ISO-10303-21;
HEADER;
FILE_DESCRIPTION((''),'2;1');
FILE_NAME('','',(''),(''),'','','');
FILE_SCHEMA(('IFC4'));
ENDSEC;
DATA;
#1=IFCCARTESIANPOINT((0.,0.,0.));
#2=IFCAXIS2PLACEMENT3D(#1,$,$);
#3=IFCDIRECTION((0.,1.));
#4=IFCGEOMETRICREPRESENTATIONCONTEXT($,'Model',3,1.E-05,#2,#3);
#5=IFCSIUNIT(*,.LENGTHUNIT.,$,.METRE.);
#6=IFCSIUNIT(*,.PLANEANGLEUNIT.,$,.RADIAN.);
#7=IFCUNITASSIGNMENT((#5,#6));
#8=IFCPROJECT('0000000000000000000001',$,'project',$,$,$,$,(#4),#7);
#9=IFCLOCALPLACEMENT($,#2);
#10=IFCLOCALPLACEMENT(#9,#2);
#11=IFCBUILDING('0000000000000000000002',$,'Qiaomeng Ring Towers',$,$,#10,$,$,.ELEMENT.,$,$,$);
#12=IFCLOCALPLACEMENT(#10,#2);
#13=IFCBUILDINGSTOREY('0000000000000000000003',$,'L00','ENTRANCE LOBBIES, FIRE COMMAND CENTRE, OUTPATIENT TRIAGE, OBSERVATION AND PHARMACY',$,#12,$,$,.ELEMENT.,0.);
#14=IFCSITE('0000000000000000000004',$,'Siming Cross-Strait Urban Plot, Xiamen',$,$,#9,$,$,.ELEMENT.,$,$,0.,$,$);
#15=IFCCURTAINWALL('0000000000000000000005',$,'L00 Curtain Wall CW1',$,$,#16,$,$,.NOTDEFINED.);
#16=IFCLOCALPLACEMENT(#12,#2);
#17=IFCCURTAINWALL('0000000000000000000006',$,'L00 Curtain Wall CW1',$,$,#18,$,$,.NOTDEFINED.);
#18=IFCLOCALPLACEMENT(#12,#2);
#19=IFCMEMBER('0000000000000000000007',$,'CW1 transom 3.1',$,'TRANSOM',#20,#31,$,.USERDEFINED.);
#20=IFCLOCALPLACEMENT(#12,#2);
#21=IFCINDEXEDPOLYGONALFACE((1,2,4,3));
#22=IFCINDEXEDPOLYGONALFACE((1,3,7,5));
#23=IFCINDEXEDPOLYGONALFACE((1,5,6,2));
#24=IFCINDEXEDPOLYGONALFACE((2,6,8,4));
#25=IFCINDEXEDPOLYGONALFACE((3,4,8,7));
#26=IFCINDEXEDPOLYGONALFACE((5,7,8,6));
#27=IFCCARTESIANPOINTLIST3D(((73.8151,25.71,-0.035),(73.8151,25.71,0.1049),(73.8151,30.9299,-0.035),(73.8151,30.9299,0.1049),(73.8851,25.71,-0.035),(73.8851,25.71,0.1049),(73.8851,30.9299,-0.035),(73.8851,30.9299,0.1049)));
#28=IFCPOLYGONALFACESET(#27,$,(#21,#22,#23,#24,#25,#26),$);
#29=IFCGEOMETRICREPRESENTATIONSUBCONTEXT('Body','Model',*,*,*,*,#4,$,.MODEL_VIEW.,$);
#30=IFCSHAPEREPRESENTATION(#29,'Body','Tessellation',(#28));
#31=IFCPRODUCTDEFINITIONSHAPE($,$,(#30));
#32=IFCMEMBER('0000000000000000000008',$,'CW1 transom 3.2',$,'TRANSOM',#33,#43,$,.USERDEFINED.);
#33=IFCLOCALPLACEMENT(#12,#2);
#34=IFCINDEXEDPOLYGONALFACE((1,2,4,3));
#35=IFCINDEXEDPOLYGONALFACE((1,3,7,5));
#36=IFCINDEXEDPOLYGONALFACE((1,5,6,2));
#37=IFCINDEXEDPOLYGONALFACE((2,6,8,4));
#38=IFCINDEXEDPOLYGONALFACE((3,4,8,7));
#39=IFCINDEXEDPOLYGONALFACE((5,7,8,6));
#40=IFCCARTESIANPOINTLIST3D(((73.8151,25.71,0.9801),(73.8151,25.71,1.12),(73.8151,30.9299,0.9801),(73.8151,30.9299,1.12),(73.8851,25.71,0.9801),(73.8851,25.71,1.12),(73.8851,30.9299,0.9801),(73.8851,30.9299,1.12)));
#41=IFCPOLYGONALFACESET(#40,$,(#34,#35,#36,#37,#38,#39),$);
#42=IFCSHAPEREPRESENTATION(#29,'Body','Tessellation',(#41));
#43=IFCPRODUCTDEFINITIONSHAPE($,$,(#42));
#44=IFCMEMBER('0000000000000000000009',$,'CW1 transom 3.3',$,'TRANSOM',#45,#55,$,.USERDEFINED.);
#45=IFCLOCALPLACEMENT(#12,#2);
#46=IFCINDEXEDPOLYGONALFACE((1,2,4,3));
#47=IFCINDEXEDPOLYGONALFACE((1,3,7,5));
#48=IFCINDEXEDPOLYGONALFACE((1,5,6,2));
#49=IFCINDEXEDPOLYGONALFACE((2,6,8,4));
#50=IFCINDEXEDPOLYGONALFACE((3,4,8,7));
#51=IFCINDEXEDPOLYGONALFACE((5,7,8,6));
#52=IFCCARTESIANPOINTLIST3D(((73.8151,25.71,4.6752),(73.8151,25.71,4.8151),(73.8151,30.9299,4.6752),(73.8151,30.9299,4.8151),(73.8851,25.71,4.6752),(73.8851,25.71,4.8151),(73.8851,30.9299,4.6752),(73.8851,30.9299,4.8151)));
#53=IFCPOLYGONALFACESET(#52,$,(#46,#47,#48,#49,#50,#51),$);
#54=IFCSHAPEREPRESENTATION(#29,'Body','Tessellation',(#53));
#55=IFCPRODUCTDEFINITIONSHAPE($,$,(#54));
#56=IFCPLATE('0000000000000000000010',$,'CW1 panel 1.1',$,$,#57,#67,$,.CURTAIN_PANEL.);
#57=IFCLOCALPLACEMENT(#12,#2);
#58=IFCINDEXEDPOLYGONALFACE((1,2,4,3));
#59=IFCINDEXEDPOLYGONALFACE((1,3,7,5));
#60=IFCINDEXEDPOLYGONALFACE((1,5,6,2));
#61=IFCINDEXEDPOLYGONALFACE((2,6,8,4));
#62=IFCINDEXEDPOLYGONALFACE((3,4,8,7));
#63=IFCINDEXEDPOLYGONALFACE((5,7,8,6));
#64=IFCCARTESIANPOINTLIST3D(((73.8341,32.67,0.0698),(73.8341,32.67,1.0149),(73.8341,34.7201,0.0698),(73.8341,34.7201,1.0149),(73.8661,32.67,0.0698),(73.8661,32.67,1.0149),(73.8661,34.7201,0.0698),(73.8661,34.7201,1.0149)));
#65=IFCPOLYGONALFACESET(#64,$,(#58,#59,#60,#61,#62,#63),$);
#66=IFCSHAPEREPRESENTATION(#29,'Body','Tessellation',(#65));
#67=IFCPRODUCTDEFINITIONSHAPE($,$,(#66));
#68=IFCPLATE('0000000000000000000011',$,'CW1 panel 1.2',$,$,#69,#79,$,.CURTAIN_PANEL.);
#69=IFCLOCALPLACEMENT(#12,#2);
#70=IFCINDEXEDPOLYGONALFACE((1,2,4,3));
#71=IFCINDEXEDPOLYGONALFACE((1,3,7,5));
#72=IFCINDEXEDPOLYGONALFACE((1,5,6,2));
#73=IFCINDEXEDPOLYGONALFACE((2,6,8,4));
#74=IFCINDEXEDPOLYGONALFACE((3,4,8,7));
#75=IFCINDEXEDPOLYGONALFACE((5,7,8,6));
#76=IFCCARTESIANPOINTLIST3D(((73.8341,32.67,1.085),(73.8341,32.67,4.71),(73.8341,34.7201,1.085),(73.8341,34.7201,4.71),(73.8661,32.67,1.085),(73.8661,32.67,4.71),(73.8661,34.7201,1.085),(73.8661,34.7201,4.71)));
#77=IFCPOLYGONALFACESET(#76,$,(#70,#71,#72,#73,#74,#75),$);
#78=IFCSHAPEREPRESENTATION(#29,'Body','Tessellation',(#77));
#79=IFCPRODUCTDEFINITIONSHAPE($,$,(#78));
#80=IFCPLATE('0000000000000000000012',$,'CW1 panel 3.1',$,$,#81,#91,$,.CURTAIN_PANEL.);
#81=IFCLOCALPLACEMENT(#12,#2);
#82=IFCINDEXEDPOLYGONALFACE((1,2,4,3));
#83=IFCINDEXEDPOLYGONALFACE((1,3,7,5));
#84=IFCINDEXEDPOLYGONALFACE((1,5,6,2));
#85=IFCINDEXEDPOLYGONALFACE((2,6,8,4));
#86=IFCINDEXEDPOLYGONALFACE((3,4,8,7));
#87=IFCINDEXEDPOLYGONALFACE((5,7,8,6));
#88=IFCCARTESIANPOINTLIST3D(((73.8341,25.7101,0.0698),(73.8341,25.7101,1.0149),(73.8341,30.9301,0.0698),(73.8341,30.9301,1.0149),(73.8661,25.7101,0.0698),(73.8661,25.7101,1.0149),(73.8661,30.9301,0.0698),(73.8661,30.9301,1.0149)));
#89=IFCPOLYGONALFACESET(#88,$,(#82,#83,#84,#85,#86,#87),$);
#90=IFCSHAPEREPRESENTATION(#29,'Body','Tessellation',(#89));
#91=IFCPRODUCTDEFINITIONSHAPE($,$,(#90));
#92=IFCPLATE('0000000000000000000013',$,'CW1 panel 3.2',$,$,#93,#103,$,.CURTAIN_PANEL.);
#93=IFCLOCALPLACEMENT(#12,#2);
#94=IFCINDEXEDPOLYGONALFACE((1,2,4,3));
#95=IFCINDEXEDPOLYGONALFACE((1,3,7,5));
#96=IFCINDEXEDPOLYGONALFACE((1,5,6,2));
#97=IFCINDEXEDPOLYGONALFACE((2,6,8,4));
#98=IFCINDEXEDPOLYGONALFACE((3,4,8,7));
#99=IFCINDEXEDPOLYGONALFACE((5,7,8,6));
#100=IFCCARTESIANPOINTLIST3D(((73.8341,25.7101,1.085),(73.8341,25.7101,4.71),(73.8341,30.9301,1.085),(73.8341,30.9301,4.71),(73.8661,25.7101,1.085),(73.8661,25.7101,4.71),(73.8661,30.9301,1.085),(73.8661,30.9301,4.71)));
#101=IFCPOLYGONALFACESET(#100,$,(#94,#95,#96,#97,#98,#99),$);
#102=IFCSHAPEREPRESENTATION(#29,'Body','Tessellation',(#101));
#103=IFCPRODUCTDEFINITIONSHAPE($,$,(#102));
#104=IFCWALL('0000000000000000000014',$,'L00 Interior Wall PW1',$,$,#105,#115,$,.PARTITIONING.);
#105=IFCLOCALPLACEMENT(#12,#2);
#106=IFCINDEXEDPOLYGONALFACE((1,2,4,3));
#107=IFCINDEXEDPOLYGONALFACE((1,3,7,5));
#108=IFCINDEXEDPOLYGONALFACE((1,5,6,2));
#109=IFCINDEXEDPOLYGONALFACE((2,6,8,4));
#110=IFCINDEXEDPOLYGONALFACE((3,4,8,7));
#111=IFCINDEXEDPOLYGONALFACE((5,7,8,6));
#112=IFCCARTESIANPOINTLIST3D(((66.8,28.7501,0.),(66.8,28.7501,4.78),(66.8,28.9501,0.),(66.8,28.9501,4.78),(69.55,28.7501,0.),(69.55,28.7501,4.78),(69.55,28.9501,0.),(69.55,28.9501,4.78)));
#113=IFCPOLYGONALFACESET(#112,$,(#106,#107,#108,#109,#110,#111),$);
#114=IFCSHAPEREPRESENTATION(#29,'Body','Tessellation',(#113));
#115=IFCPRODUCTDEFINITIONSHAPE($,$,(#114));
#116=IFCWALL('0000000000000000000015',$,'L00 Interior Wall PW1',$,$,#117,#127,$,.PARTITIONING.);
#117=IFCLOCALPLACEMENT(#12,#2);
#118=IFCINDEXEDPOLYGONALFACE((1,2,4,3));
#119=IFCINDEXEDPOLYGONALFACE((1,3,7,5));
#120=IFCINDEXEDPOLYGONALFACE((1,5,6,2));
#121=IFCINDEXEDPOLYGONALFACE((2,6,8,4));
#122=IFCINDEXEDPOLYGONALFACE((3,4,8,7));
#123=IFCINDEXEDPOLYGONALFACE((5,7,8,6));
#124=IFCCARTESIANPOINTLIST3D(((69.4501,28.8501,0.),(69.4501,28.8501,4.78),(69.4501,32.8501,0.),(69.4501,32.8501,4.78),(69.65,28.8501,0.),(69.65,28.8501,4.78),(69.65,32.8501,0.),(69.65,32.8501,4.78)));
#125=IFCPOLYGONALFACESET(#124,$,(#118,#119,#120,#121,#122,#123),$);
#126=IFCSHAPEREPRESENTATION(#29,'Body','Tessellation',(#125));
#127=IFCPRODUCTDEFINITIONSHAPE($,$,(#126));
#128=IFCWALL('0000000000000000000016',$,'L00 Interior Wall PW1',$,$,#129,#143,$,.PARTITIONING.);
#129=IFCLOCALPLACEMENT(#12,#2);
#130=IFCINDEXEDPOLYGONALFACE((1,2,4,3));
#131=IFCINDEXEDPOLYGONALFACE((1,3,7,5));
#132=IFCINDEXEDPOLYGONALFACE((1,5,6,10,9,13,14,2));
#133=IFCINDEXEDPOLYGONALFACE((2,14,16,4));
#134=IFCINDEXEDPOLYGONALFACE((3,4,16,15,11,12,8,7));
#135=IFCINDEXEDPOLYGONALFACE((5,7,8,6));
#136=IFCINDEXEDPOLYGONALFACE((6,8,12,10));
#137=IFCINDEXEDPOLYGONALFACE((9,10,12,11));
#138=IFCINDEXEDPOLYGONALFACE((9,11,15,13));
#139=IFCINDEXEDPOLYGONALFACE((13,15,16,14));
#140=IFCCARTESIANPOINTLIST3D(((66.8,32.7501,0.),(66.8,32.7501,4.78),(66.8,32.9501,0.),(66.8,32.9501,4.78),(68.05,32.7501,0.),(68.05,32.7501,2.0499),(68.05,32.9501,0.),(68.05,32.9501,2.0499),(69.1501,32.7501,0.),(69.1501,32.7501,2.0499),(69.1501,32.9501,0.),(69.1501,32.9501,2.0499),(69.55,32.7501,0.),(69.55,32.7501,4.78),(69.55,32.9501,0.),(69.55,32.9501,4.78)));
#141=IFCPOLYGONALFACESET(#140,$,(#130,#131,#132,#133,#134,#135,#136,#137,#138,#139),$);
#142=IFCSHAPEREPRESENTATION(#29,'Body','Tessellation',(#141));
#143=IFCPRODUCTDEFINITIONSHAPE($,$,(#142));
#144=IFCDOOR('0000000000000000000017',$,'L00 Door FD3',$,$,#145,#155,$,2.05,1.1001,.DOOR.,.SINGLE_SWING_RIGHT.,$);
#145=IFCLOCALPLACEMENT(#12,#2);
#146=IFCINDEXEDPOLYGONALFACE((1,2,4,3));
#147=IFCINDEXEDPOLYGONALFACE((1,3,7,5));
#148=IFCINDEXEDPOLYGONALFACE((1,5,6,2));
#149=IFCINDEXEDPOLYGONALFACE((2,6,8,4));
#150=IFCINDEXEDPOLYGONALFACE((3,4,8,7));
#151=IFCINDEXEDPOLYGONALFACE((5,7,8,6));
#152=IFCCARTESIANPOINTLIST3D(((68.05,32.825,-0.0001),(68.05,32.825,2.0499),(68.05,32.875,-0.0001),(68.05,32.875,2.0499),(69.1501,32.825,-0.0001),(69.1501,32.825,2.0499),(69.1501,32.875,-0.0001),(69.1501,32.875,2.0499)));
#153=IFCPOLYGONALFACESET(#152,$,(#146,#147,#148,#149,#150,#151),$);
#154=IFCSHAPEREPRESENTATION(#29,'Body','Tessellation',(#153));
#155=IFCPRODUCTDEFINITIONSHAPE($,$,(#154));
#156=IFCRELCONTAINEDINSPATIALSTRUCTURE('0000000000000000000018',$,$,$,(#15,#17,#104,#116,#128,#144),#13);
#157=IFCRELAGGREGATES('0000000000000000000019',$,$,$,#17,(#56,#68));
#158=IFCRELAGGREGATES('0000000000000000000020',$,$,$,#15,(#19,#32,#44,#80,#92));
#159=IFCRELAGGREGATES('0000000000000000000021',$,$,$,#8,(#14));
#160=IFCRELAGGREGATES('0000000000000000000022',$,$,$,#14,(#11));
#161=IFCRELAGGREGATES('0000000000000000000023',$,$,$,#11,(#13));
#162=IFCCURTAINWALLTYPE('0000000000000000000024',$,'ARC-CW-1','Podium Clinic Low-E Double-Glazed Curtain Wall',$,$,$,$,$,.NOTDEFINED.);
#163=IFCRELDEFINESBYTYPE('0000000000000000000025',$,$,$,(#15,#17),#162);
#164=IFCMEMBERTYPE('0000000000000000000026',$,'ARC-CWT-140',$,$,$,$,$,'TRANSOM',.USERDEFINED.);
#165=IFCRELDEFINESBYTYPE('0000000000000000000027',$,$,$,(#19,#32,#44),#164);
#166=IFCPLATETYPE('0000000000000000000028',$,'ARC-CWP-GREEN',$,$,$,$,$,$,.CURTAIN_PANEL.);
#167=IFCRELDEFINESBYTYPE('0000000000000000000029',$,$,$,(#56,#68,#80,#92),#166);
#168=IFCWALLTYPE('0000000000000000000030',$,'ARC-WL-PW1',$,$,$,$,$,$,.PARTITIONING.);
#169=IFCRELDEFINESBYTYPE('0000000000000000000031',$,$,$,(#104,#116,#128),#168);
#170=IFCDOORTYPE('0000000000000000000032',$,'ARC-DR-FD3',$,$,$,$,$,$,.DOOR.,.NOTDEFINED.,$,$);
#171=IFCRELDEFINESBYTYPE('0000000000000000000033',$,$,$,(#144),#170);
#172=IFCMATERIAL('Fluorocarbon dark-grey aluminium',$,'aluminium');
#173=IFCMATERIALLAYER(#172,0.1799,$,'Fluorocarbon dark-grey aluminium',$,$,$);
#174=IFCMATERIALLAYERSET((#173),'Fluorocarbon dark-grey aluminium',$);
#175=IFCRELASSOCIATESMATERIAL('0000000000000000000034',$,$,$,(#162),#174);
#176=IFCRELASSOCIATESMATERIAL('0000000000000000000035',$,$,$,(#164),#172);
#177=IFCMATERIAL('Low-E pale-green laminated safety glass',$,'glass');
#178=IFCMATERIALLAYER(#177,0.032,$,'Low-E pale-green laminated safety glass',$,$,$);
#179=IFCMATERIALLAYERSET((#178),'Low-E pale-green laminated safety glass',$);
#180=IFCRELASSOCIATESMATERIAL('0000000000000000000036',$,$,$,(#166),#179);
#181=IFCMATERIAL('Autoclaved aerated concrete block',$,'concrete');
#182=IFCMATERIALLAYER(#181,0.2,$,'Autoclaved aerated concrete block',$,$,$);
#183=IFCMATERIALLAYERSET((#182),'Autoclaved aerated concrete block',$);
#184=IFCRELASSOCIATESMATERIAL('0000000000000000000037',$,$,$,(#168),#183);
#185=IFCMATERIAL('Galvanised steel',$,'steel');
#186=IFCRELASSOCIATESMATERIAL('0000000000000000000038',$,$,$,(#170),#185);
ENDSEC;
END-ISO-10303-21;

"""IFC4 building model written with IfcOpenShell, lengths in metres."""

from ifc_helpers import new_model, si_unit, direction, frame, frame_2d, origin, origin_2d, place, context, subcontext, project, spatial, rectangle, extrude, source, transform, mapped, material, layer, layer_set, material_profile, profile_set, type_object, element, fill, aggregate, save


model = new_model("IFC4")

# Units and contexts
model_context = context("Model", 3, precision=1e-05, world=origin(), true_north=direction((0.0, 1.0)))
body_context = subcontext(model_context, "Body", "Model", "MODEL_VIEW")
ifc_project = project(units=[si_unit("LENGTHUNIT", "METRE"), si_unit("PLANEANGLEUNIT", "RADIAN")], contexts=[model_context])

# Site, building, storey
site_placement = place(None, origin())
site = spatial("IfcSite", under=ifc_project, at=site_placement, Name="Siming Cross-Strait Urban Plot, Xiamen", CompositionType="ELEMENT", RefElevation=0.0)
building_placement = place(site_placement, origin())
building = spatial("IfcBuilding", under=site, at=building_placement, Name="Qiaomeng Ring Towers", CompositionType="ELEMENT")
storey_placement = place(building_placement, origin())
storey = spatial("IfcBuildingStorey", under=building, at=storey_placement, Name="L00", Description="ENTRANCE LOBBIES, FIRE COMMAND CENTRE, OUTPATIENT TRIAGE, OBSERVATION AND PHARMACY", CompositionType="ELEMENT", Elevation=0.0)

# Curtain walls
ifc_material_1 = material(Name="Fluorocarbon dark-grey aluminium", Category="aluminium")
ifc_layer_1 = layer(ifc_material_1, 0.1799, Name="Fluorocarbon dark-grey aluminium")
ifc_layer_set_1 = layer_set([ifc_layer_1], Name="Fluorocarbon dark-grey aluminium")
curtain_wall_type = type_object("IfcCurtainWallType", Name="ARC-CW-1", Description="Podium Clinic Low-E Double-Glazed Curtain Wall", PredefinedType="NOTDEFINED", material=ifc_layer_set_1)
curtain_wall_1_placement = place(storey_placement, origin())
curtain_wall_1 = element("IfcCurtainWall", 1, at=curtain_wall_1_placement, inside=storey, type_object=curtain_wall_type, Name="L00 Curtain Wall CW1", PredefinedType="NOTDEFINED")
curtain_wall_2_placement = place(storey_placement, origin())
curtain_wall_2 = element("IfcCurtainWall", 2, at=curtain_wall_2_placement, inside=storey, type_object=curtain_wall_type, Name="L00 Curtain Wall CW1", PredefinedType="NOTDEFINED")
ifc_material_profile_1 = material_profile(ifc_material_1, rectangle(XDim=0.0701, YDim=0.1399, at=origin_2d()), Name="ALU TRAN 70x140")
ifc_profile_set_1 = profile_set([ifc_material_profile_1], Name="Fluorocarbon dark-grey aluminium")
member_type_1 = type_object("IfcMemberType", Name="ARC-CWT-140", ElementType="TRANSOM", PredefinedType="USERDEFINED", material=ifc_profile_set_1)

# Members
shared_shape_1 = source(origin(), body_context, "Body", "SweptSolid", [
    extrude(rectangle(XDim=0.0701, YDim=0.1399, at=origin_2d()), origin(), (0.0, 0.0, 1.0), 5.22),
])
member_1_placement = place(storey_placement, frame((73.8501, 25.71, 0.0349), z_axis=(0.0, 1.0, 0.0), x_axis=(-1.0, 0.0, 0.0)))
member_1 = element("IfcMember", 3, at=member_1_placement, type_object=member_type_1, Name="CW1 transom 3.1", ObjectType="TRANSOM", PredefinedType="USERDEFINED", context=body_context, shape_type="MappedRepresentation", body=[
    mapped(shared_shape_1, transform((0.0, 0.0, 0.0), x_axis=(1.0, 0.0, 0.0), y_axis=(0.0, 1.0, 0.0), z_axis=(0.0, 0.0, 1.0), scale=1.0)),
])
member_2_placement = place(storey_placement, frame((73.8501, 25.71, 1.05), z_axis=(0.0, 1.0, 0.0), x_axis=(-1.0, 0.0, 0.0)))
member_2 = element("IfcMember", 4, at=member_2_placement, type_object=member_type_1, Name="CW1 transom 3.2", ObjectType="TRANSOM", PredefinedType="USERDEFINED", context=body_context, shape_type="MappedRepresentation", body=[
    mapped(shared_shape_1, transform((0.0, 0.0, 0.0), x_axis=(1.0, 0.0, 0.0), y_axis=(0.0, 1.0, 0.0), z_axis=(0.0, 0.0, 1.0), scale=1.0)),
])
member_3_placement = place(storey_placement, frame((73.8501, 25.71, 4.7451), z_axis=(0.0, 1.0, 0.0), x_axis=(-1.0, 0.0, 0.0)))
member_3 = element("IfcMember", 5, at=member_3_placement, type_object=member_type_1, Name="CW1 transom 3.3", ObjectType="TRANSOM", PredefinedType="USERDEFINED", context=body_context, shape_type="MappedRepresentation", body=[
    mapped(shared_shape_1, transform((0.0, 0.0, 0.0), x_axis=(1.0, 0.0, 0.0), y_axis=(0.0, 1.0, 0.0), z_axis=(0.0, 0.0, 1.0), scale=1.0)),
])

# Plates
ifc_material_2 = material(Name="Low-E pale-green laminated safety glass", Category="glass")
ifc_layer_2 = layer(ifc_material_2, 0.032, Name="Low-E pale-green laminated safety glass")
ifc_layer_set_2 = layer_set([ifc_layer_2], Name="Low-E pale-green laminated safety glass")
plate_type = type_object("IfcPlateType", Name="ARC-CWP-GREEN", PredefinedType="CURTAIN_PANEL", material=ifc_layer_set_2)
shared_shape_2 = source(origin(), body_context, "Body", "SweptSolid", [
    extrude(rectangle(XDim=2.05, YDim=0.032, at=origin_2d()), origin(), (0.0, 0.0, 1.0), 0.9451),
])
plate_1_placement = place(storey_placement, frame((73.8501, 33.6951, 0.0698), z_axis=(0.0, 0.0, 1.0), x_axis=(0.0, 1.0, 0.0)))
plate_1 = element("IfcPlate", 6, at=plate_1_placement, type_object=plate_type, Name="CW1 panel 1.1", PredefinedType="CURTAIN_PANEL", context=body_context, shape_type="MappedRepresentation", body=[
    mapped(shared_shape_2, transform((0.0, 0.0, 0.0), x_axis=(1.0, 0.0, 0.0), y_axis=(0.0, 1.0, 0.0), z_axis=(0.0, 0.0, 1.0), scale=1.0)),
])
shared_shape_3 = source(origin(), body_context, "Body", "SweptSolid", [
    extrude(rectangle(XDim=2.05, YDim=0.032, at=origin_2d()), origin(), (0.0, 0.0, 1.0), 3.625),
])
plate_2_placement = place(storey_placement, frame((73.8501, 33.6951, 1.085), z_axis=(0.0, 0.0, 1.0), x_axis=(0.0, 1.0, 0.0)))
plate_2 = element("IfcPlate", 7, at=plate_2_placement, type_object=plate_type, Name="CW1 panel 1.2", PredefinedType="CURTAIN_PANEL", context=body_context, shape_type="MappedRepresentation", body=[
    mapped(shared_shape_3, transform((0.0, 0.0, 0.0), x_axis=(1.0, 0.0, 0.0), y_axis=(0.0, 1.0, 0.0), z_axis=(0.0, 0.0, 1.0), scale=1.0)),
])
aggregate(curtain_wall_2, [plate_1, plate_2])
shared_shape_4 = source(origin(), body_context, "Body", "SweptSolid", [
    extrude(rectangle(XDim=5.22, YDim=0.032, at=origin_2d()), origin(), (0.0, 0.0, 1.0), 0.9451),
])
plate_3_placement = place(storey_placement, frame((73.8501, 28.3201, 0.0698), z_axis=(0.0, 0.0, 1.0), x_axis=(0.0, 1.0, 0.0)))
plate_3 = element("IfcPlate", 8, at=plate_3_placement, type_object=plate_type, Name="CW1 panel 3.1", PredefinedType="CURTAIN_PANEL", context=body_context, shape_type="MappedRepresentation", body=[
    mapped(shared_shape_4, transform((0.0, 0.0, 0.0), x_axis=(1.0, 0.0, 0.0), y_axis=(0.0, 1.0, 0.0), z_axis=(0.0, 0.0, 1.0), scale=1.0)),
])
shared_shape_5 = source(origin(), body_context, "Body", "SweptSolid", [
    extrude(rectangle(XDim=5.22, YDim=0.032, at=origin_2d()), origin(), (0.0, 0.0, 1.0), 3.625),
])
plate_4_placement = place(storey_placement, frame((73.8501, 28.3201, 1.085), z_axis=(0.0, 0.0, 1.0), x_axis=(0.0, 1.0, 0.0)))
plate_4 = element("IfcPlate", 9, at=plate_4_placement, type_object=plate_type, Name="CW1 panel 3.2", PredefinedType="CURTAIN_PANEL", context=body_context, shape_type="MappedRepresentation", body=[
    mapped(shared_shape_5, transform((0.0, 0.0, 0.0), x_axis=(1.0, 0.0, 0.0), y_axis=(0.0, 1.0, 0.0), z_axis=(0.0, 0.0, 1.0), scale=1.0)),
])
aggregate(curtain_wall_1, [member_1, member_2, member_3, plate_3, plate_4])

# Walls
ifc_material_3 = material(Name="Autoclaved aerated concrete block", Category="concrete")
ifc_layer_3 = layer(ifc_material_3, 0.2, Name="Autoclaved aerated concrete block")
ifc_layer_set_3 = layer_set([ifc_layer_3], Name="Autoclaved aerated concrete block")
wall_type_1 = type_object("IfcWallType", Name="ARC-WL-PW1", PredefinedType="PARTITIONING", material=ifc_layer_set_3)
wall_1_placement = place(storey_placement, frame((66.8, 28.8501, 0.0), z_axis=(0.0, 0.0, 1.0), x_axis=(1.0, 0.0, 0.0)))
element("IfcWall", 10, at=wall_1_placement, inside=storey, type_object=wall_type_1, Name="L00 Interior Wall PW1", PredefinedType="PARTITIONING", context=body_context, shape_type="SweptSolid", body=[
    extrude(rectangle(XDim=2.75, YDim=0.2, at=frame_2d((1.375, 0.0))), origin(), (0.0, 0.0, 1.0), 4.78),
])
wall_2_placement = place(storey_placement, frame((69.55, 28.8501, 0.0), z_axis=(0.0, 0.0, 1.0), x_axis=(0.0, 1.0, 0.0)))
element("IfcWall", 11, at=wall_2_placement, inside=storey, type_object=wall_type_1, Name="L00 Interior Wall PW1", PredefinedType="PARTITIONING", context=body_context, shape_type="SweptSolid", body=[
    extrude(rectangle(XDim=4.0, YDim=0.2, at=frame_2d((2.0, 0.0))), origin(), (0.0, 0.0, 1.0), 4.78),
])

# Wall, opening, door
wall_3_placement = place(storey_placement, frame((66.8, 32.8501, 0.0), z_axis=(0.0, 0.0, 1.0), x_axis=(1.0, 0.0, 0.0)))
wall_3 = element("IfcWall", 12, at=wall_3_placement, inside=storey, type_object=wall_type_1, Name="L00 Interior Wall PW1", PredefinedType="PARTITIONING", context=body_context, shape_type="SweptSolid", body=[
    extrude(rectangle(XDim=2.75, YDim=0.2, at=frame_2d((1.375, 0.0))), origin(), (0.0, 0.0, 1.0), 4.78),
])
opening_1_placement = place(wall_3_placement, frame((1.25, 0.0, 0.0)))
opening_1 = element("IfcOpeningElement", 13, at=opening_1_placement, cuts=wall_3, PredefinedType="OPENING", context=body_context, shape_type="SweptSolid", body=[
    extrude(rectangle(XDim=1.1001, YDim=2.05, at=frame_2d((0.55, 1.0249))), frame((0.0, 0.1099, 0.0), z_axis=(0.0, -1.0, 0.0), x_axis=(1.0, 0.0, 0.0)), (0.0, 0.0, 1.0), 0.22),
])
ifc_material_4 = material(Name="Galvanised steel", Category="steel")
door_type_1 = type_object("IfcDoorType", Name="ARC-DR-FD3", OperationType="NOTDEFINED", PredefinedType="DOOR", material=ifc_material_4)
shared_shape_6 = source(origin(), body_context, "Body", "SweptSolid", [
    extrude(rectangle(XDim=1.1001, YDim=2.05, at=frame_2d((0.55, 1.0249))), frame((0.0, 0.0249, 0.0), z_axis=(0.0, -1.0, 0.0), x_axis=(1.0, 0.0, 0.0)), (0.0, 0.0, 1.0), 0.05),
])
door_1_placement = place(opening_1_placement, origin())
door_1 = element("IfcDoor", 14, at=door_1_placement, inside=storey, type_object=door_type_1, Name="L00 Door FD3", OperationType="SINGLE_SWING_RIGHT", OverallHeight=2.05, OverallWidth=1.1001, PredefinedType="DOOR", context=body_context, shape_type="MappedRepresentation", body=[
    mapped(shared_shape_6, transform((0.0, 0.0, 0.0), x_axis=(1.0, 0.0, 0.0), y_axis=(0.0, 1.0, 0.0), z_axis=(0.0, 0.0, 1.0), scale=1.0)),
])
fill(opening_1, door_1)

save(model, "model.ifc")
